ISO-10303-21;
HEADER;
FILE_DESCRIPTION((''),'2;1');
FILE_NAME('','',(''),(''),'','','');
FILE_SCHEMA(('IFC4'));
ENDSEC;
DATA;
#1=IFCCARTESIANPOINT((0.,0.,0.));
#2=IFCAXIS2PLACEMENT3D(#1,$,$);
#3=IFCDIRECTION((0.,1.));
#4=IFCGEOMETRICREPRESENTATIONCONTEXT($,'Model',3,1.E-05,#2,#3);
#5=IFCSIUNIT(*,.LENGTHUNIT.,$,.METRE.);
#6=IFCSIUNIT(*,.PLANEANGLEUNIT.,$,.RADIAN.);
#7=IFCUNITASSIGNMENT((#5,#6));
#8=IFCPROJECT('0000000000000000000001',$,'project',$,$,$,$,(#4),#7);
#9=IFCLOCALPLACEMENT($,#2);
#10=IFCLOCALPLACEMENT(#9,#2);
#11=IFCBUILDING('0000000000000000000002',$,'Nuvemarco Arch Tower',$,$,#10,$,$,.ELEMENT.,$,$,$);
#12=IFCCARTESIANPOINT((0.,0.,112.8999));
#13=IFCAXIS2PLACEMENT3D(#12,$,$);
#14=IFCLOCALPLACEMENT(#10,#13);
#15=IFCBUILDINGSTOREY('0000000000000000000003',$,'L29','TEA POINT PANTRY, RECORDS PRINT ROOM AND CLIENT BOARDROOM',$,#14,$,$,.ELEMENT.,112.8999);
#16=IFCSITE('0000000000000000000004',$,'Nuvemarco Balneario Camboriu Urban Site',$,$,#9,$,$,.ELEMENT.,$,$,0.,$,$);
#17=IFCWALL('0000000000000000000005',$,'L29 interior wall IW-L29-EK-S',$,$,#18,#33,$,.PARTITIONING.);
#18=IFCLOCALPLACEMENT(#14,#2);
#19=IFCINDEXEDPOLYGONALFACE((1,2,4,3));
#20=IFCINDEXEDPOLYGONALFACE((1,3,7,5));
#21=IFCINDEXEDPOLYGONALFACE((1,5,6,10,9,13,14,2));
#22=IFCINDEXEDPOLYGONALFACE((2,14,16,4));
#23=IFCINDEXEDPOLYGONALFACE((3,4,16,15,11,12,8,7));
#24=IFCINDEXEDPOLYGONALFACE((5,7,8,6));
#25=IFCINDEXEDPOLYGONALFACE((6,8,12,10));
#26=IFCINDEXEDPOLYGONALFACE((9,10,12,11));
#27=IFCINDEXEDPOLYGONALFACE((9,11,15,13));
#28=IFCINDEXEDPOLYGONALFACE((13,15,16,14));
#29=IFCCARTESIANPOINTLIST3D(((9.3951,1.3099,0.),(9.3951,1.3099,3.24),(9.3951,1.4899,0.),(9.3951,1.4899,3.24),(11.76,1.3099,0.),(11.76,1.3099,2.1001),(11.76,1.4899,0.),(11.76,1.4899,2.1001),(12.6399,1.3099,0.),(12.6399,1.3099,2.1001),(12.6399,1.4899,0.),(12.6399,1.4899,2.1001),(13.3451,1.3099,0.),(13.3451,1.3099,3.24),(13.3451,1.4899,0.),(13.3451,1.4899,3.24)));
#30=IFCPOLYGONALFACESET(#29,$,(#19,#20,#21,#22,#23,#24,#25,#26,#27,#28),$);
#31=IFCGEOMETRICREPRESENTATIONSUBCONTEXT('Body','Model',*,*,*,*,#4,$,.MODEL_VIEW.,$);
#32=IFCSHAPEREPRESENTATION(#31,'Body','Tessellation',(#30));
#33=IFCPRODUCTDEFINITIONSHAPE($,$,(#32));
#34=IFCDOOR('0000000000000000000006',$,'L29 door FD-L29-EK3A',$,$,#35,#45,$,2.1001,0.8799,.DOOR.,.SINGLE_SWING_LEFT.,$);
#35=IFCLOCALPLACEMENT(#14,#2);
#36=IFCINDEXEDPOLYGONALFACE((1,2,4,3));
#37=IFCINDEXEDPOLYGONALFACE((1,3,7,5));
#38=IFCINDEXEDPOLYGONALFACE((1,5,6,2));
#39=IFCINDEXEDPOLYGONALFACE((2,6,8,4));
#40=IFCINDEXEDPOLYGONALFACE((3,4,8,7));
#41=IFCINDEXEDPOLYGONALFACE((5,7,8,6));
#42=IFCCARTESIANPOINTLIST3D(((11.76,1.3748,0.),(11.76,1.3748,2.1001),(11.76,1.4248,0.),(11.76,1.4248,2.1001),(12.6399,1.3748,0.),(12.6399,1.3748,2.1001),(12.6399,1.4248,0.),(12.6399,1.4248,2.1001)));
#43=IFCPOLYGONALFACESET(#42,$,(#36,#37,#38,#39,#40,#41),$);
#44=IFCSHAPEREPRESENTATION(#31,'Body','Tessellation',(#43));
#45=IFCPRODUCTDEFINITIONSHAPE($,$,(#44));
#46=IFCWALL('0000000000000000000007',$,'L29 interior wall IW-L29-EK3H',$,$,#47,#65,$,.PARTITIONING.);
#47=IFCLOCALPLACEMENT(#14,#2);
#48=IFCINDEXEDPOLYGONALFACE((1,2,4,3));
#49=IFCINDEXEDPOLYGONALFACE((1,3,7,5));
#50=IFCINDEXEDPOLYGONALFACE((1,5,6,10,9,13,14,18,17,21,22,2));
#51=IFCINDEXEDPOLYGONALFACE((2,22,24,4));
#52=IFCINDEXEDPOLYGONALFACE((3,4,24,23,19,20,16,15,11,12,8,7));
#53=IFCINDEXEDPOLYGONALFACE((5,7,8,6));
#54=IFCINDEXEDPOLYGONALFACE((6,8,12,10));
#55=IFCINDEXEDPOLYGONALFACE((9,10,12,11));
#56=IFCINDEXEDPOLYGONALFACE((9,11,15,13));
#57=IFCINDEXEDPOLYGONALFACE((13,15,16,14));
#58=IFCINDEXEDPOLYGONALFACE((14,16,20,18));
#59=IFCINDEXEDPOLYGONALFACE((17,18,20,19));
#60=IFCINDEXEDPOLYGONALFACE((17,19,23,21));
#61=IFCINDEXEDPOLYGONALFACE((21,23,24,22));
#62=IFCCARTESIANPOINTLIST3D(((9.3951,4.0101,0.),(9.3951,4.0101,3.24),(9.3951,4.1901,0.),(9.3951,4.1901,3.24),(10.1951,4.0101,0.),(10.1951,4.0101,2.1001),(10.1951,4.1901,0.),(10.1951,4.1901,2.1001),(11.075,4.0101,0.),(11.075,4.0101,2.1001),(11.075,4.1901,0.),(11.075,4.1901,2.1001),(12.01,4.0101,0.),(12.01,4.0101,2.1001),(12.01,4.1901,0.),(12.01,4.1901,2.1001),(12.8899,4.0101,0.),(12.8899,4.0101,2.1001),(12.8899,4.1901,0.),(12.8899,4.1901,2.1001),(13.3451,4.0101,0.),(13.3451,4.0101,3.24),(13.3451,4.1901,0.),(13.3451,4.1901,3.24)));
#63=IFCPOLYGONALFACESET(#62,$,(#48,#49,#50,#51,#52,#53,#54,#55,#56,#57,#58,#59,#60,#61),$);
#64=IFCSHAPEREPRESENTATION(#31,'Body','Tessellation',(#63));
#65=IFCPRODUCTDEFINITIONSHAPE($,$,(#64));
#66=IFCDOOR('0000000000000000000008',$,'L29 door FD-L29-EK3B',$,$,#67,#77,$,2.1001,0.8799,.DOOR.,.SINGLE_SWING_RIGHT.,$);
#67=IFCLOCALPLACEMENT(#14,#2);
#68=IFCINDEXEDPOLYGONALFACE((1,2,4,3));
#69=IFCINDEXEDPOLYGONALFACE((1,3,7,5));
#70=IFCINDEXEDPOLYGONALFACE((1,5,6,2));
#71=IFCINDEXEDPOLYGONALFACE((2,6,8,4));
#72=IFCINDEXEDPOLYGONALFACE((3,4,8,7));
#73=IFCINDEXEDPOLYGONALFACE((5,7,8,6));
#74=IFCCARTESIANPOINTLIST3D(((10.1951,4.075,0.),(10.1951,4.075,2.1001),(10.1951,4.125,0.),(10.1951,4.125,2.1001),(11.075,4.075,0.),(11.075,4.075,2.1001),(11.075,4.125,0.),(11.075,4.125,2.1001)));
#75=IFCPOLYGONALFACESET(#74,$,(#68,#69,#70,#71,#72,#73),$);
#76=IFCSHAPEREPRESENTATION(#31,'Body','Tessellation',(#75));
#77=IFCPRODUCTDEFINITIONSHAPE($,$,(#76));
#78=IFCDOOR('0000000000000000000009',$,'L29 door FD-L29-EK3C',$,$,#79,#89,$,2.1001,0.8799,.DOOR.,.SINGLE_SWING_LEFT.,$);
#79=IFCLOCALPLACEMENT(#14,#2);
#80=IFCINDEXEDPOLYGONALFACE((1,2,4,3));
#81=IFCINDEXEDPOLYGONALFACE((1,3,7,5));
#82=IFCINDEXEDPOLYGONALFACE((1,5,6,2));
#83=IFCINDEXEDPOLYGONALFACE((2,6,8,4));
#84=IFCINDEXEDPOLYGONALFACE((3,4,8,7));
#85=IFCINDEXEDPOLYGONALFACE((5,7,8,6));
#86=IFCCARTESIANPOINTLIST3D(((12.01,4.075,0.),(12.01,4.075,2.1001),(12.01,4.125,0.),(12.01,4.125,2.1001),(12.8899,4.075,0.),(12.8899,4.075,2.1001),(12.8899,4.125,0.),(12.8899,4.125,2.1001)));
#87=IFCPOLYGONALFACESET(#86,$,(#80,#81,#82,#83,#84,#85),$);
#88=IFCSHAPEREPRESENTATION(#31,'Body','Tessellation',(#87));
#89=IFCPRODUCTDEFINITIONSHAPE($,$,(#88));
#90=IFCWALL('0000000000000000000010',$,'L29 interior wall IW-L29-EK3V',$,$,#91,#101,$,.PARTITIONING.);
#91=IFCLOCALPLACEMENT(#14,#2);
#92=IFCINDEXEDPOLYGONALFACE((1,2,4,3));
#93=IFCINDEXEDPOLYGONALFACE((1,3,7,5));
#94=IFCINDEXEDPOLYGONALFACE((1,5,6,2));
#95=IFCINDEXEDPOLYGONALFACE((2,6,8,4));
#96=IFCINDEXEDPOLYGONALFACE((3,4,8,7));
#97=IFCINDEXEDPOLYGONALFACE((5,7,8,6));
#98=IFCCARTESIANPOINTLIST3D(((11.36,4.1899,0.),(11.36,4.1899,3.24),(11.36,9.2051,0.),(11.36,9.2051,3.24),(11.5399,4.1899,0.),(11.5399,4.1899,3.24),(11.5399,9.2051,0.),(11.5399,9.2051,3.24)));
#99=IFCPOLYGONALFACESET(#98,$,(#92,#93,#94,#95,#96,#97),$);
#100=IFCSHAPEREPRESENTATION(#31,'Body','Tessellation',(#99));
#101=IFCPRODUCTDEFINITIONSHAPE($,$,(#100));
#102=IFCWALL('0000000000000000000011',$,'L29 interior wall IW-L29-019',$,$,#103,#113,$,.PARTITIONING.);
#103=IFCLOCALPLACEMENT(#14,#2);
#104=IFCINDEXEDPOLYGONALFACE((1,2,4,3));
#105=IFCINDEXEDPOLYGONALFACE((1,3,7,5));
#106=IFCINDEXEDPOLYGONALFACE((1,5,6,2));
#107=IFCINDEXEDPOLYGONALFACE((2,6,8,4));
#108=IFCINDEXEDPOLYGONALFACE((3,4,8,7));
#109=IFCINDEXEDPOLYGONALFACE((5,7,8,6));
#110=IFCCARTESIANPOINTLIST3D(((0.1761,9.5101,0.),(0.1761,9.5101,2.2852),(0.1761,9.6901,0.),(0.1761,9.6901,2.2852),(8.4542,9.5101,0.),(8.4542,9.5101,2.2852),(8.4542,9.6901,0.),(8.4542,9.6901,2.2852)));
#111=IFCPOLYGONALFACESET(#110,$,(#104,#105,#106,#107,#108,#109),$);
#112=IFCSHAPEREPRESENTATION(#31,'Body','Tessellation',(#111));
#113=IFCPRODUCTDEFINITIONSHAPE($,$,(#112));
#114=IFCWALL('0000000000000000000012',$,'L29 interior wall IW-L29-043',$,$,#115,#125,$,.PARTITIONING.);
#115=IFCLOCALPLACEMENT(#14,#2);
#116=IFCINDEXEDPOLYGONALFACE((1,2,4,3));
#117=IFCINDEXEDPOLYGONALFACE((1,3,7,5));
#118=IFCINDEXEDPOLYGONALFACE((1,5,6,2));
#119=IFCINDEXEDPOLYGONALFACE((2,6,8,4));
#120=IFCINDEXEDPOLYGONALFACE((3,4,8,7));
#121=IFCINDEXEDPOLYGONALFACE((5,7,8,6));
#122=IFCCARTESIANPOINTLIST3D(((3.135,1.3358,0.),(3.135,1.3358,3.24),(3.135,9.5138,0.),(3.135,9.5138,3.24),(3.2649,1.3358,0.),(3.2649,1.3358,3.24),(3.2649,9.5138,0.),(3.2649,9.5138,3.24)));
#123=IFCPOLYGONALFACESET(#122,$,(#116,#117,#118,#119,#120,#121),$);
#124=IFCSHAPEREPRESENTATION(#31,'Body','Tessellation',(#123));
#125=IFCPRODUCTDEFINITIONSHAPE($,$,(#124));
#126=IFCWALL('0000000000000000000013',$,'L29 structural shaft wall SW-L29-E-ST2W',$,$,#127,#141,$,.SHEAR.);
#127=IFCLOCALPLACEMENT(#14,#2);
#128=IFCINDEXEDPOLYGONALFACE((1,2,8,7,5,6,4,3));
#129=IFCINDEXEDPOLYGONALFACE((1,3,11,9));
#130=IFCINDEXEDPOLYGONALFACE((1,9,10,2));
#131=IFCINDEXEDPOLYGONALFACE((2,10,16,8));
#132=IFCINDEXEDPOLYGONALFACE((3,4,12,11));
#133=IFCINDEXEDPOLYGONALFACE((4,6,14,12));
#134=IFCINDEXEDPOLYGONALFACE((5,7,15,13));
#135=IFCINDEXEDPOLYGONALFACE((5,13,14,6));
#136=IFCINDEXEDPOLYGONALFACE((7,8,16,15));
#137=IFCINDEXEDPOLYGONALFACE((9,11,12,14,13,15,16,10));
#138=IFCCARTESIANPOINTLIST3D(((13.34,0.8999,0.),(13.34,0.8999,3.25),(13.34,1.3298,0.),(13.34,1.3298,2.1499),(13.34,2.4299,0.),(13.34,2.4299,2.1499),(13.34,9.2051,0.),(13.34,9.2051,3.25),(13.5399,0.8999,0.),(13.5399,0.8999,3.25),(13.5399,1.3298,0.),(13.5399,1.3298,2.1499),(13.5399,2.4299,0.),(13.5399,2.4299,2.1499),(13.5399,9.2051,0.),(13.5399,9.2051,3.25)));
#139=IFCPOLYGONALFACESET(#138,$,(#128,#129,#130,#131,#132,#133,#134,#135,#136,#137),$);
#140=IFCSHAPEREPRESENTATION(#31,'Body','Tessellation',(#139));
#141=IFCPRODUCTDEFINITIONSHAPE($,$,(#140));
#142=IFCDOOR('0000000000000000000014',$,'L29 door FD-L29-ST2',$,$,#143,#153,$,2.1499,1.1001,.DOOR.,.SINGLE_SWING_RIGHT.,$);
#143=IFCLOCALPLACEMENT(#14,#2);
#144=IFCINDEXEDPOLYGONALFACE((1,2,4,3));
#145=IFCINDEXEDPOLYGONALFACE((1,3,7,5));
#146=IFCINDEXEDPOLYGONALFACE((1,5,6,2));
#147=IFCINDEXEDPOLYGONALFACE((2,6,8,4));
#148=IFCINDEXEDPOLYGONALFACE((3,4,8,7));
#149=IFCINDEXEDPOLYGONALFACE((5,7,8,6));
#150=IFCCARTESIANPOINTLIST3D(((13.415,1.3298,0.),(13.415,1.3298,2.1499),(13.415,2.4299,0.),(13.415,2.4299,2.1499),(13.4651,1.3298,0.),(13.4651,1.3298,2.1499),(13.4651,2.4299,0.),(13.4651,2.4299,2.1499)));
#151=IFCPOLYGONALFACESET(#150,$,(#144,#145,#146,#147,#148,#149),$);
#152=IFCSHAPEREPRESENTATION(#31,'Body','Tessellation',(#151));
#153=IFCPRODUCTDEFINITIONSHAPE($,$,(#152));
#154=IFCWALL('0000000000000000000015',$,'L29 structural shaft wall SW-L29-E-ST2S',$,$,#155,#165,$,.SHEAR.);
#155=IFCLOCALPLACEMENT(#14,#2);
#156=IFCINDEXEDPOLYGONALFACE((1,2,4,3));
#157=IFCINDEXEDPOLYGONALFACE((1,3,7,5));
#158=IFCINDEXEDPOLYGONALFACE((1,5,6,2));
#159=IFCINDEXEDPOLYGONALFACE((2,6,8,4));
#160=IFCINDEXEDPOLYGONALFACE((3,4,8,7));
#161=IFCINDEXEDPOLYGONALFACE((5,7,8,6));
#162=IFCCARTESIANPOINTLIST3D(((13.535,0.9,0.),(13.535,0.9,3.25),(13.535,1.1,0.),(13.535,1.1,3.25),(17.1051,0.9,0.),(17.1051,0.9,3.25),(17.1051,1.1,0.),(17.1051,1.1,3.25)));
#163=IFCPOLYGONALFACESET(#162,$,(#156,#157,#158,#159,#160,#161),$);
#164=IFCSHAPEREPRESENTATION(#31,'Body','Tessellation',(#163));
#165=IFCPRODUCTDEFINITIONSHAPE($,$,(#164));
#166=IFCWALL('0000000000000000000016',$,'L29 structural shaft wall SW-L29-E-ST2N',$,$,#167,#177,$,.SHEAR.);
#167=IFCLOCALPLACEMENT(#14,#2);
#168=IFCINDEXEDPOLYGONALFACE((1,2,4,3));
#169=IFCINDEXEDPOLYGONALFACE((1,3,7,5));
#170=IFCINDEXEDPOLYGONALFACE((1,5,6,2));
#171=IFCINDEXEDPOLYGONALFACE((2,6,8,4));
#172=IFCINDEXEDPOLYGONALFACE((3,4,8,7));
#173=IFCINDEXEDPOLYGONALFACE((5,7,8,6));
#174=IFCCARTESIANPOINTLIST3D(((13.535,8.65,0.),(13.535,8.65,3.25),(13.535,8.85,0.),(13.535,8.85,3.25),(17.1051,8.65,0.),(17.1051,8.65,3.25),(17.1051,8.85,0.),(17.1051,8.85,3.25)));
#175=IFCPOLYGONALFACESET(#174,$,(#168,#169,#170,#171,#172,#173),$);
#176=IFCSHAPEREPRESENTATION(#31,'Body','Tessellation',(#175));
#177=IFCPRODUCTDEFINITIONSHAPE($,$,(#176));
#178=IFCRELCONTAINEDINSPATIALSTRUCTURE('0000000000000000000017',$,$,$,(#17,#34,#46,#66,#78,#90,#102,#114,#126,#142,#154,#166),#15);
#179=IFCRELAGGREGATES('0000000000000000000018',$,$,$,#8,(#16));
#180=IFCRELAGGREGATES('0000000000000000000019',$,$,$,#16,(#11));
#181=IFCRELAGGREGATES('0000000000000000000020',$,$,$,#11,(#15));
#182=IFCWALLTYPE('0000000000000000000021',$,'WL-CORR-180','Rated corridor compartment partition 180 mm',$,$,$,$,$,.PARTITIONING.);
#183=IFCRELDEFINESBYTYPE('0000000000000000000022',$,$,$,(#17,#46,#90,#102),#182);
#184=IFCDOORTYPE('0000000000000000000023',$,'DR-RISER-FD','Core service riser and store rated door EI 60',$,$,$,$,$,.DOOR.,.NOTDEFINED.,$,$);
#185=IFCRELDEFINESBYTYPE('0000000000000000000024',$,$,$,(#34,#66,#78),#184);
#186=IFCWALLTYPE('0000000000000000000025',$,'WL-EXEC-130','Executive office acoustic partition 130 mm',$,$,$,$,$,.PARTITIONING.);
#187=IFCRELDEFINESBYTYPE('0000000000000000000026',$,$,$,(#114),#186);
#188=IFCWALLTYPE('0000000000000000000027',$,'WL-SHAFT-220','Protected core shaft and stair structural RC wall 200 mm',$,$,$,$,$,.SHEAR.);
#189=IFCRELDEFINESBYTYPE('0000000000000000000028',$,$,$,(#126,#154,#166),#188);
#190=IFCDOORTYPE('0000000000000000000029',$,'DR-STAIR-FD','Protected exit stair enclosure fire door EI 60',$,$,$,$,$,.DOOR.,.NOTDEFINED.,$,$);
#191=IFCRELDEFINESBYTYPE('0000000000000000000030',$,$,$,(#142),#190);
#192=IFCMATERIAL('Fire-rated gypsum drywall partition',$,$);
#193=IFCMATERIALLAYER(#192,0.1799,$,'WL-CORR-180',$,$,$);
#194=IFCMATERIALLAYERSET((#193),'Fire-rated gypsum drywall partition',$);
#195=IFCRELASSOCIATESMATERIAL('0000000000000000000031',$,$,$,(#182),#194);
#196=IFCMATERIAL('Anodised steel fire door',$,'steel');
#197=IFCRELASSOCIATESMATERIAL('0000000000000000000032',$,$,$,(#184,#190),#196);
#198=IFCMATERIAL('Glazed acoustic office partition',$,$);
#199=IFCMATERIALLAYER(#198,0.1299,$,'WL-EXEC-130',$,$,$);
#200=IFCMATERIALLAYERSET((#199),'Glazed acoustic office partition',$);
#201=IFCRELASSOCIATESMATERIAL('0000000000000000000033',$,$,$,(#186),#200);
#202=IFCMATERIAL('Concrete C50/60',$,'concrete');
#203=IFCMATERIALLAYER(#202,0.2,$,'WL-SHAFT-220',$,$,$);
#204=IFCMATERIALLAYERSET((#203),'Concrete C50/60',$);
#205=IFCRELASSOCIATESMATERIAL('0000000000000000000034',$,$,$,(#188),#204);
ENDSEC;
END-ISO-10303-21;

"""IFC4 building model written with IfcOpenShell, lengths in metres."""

from ifc_helpers import new_model, si_unit, direction, frame, frame_2d, origin, place, context, subcontext, project, spatial, rectangle, extrude, source, transform, mapped, material, layer, layer_set, type_object, type_shapes, element, fill, save


model = new_model("IFC4")

# Units and contexts
model_context = context("Model", 3, precision=1e-05, world=origin(), true_north=direction((0.0, 1.0)))
body_context = subcontext(model_context, "Body", "Model", "MODEL_VIEW")
ifc_project = project(units=[si_unit("LENGTHUNIT", "METRE"), si_unit("PLANEANGLEUNIT", "RADIAN")], contexts=[model_context])

# Site, building, storey
site_placement = place(None, origin())
site = spatial("IfcSite", under=ifc_project, at=site_placement, Name="Nuvemarco Balneario Camboriu Urban Site", CompositionType="ELEMENT", RefElevation=0.0)
building_placement = place(site_placement, origin())
building = spatial("IfcBuilding", under=site, at=building_placement, Name="Nuvemarco Arch Tower", CompositionType="ELEMENT")
storey_placement = place(building_placement, frame((0.0, 0.0, 112.8999)))
storey = spatial("IfcBuildingStorey", under=building, at=storey_placement, Name="L29", Description="TEA POINT PANTRY, RECORDS PRINT ROOM AND CLIENT BOARDROOM", CompositionType="ELEMENT", Elevation=112.8999)

# Wall, opening, door
ifc_material_1 = material(Name="Fire-rated gypsum drywall partition")
ifc_layer_1 = layer(ifc_material_1, 0.1799, Name="WL-CORR-180")
ifc_layer_set_1 = layer_set([ifc_layer_1], Name="Fire-rated gypsum drywall partition")
wall_type_1 = type_object("IfcWallType", Name="WL-CORR-180", Description="Rated corridor compartment partition 180 mm", PredefinedType="PARTITIONING", material=ifc_layer_set_1)
wall_1_placement = place(storey_placement, frame((9.395, 1.3999, 0.0), z_axis=(0.0, 0.0, 1.0), x_axis=(1.0, 0.0, 0.0)))
wall_1 = element("IfcWall", 1, at=wall_1_placement, inside=storey, type_object=wall_type_1, Name="L29 interior wall IW-L29-EK-S", PredefinedType="PARTITIONING", context=body_context, shape_type="SweptSolid", body=[
    extrude(rectangle(XDim=3.95, YDim=0.1799, at=frame_2d((1.9751, 0.0))), origin(), (0.0, 0.0, 1.0), 3.24),
])
opening_1_placement = place(wall_1_placement, frame((2.365, 0.0, 0.0)))
opening_1 = element("IfcOpeningElement", 2, at=opening_1_placement, cuts=wall_1, PredefinedType="OPENING", context=body_context, shape_type="SweptSolid", body=[
    extrude(rectangle(XDim=0.8799, YDim=2.1001, at=frame_2d((0.4399, 1.05))), frame((0.0, 0.0999, 0.0), z_axis=(0.0, -1.0, 0.0), x_axis=(1.0, 0.0, 0.0)), (0.0, 0.0, 1.0), 0.2),
])
ifc_material_2 = material(Name="Anodised steel fire door", Category="steel")
door_type_1 = type_object("IfcDoorType", Name="DR-RISER-FD", Description="Core service riser and store rated door EI 60", OperationType="NOTDEFINED", PredefinedType="DOOR", material=ifc_material_2)
shared_shape_1 = source(origin(), body_context, "Body", "SweptSolid", [
    extrude(rectangle(XDim=0.8799, YDim=2.1001, at=frame_2d((0.4399, 1.05))), frame((0.0, 0.0249, 0.0), z_axis=(0.0, -1.0, 0.0), x_axis=(1.0, 0.0, 0.0)), (0.0, 0.0, 1.0), 0.05),
])
type_shapes(door_type_1, [shared_shape_1])
door_1_placement = place(opening_1_placement, origin())
door_1 = element("IfcDoor", 3, at=door_1_placement, inside=storey, type_object=door_type_1, Name="L29 door FD-L29-EK3A", OperationType="SINGLE_SWING_LEFT", OverallHeight=2.1001, OverallWidth=0.8799, PredefinedType="DOOR", context=body_context, shape_type="MappedRepresentation", body=[
    mapped(shared_shape_1, transform((0.0, 0.0, 0.0), scale=1.0)),
])
fill(opening_1, door_1)

# Wall, openings, doors
wall_2_placement = place(storey_placement, frame((9.395, 4.1001, 0.0), z_axis=(0.0, 0.0, 1.0), x_axis=(1.0, 0.0, 0.0)))
wall_2 = element("IfcWall", 4, at=wall_2_placement, inside=storey, type_object=wall_type_1, Name="L29 interior wall IW-L29-EK3H", PredefinedType="PARTITIONING", context=body_context, shape_type="SweptSolid", body=[
    extrude(rectangle(XDim=3.95, YDim=0.1799, at=frame_2d((1.9751, 0.0))), origin(), (0.0, 0.0, 1.0), 3.24),
])
opening_2_placement = place(wall_2_placement, frame((0.8, 0.0, 0.0)))
opening_2 = element("IfcOpeningElement", 5, at=opening_2_placement, cuts=wall_2, PredefinedType="OPENING", context=body_context, shape_type="SweptSolid", body=[
    extrude(rectangle(XDim=0.8799, YDim=2.1001, at=frame_2d((0.4399, 1.05))), frame((0.0, 0.0999, 0.0), z_axis=(0.0, -1.0, 0.0), x_axis=(1.0, 0.0, 0.0)), (0.0, 0.0, 1.0), 0.2),
])
opening_3_placement = place(wall_2_placement, frame((2.615, 0.0, 0.0)))
opening_3 = element("IfcOpeningElement", 6, at=opening_3_placement, cuts=wall_2, PredefinedType="OPENING", context=body_context, shape_type="SweptSolid", body=[
    extrude(rectangle(XDim=0.8799, YDim=2.1001, at=frame_2d((0.4399, 1.05))), frame((0.0, 0.0999, 0.0), z_axis=(0.0, -1.0, 0.0), x_axis=(1.0, 0.0, 0.0)), (0.0, 0.0, 1.0), 0.2),
])
door_2_placement = place(opening_2_placement, origin())
door_2 = element("IfcDoor", 7, at=door_2_placement, inside=storey, type_object=door_type_1, Name="L29 door FD-L29-EK3B", OperationType="SINGLE_SWING_RIGHT", OverallHeight=2.1001, OverallWidth=0.8799, PredefinedType="DOOR", context=body_context, shape_type="MappedRepresentation", body=[
    mapped(shared_shape_1, transform((0.0, 0.0, 0.0), scale=1.0)),
])
fill(opening_2, door_2)
door_3_placement = place(opening_3_placement, origin())
door_3 = element("IfcDoor", 8, at=door_3_placement, inside=storey, type_object=door_type_1, Name="L29 door FD-L29-EK3C", OperationType="SINGLE_SWING_LEFT", OverallHeight=2.1001, OverallWidth=0.8799, PredefinedType="DOOR", context=body_context, shape_type="MappedRepresentation", body=[
    mapped(shared_shape_1, transform((0.0, 0.0, 0.0), scale=1.0)),
])
fill(opening_3, door_3)

# Walls
wall_3_placement = place(storey_placement, frame((11.45, 4.1899, 0.0), z_axis=(0.0, 0.0, 1.0), x_axis=(0.0, 1.0, 0.0)))
element("IfcWall", 9, at=wall_3_placement, inside=storey, type_object=wall_type_1, Name="L29 interior wall IW-L29-EK3V", PredefinedType="PARTITIONING", context=body_context, shape_type="SweptSolid", body=[
    extrude(rectangle(XDim=5.0151, YDim=0.1799, at=frame_2d((2.5076, 0.0))), origin(), (0.0, 0.0, 1.0), 3.24),
])
wall_4_placement = place(storey_placement, frame((0.176, 9.6001, 0.0), z_axis=(0.0, 0.0, 1.0), x_axis=(1.0, 0.0, 0.0)))
element("IfcWall", 10, at=wall_4_placement, inside=storey, type_object=wall_type_1, Name="L29 interior wall IW-L29-019", PredefinedType="PARTITIONING", context=body_context, shape_type="SweptSolid", body=[
    extrude(rectangle(XDim=8.2781, YDim=0.1799, at=frame_2d((4.1392, 0.0))), origin(), (0.0, 0.0, 1.0), 2.2852),
])
ifc_material_3 = material(Name="Glazed acoustic office partition")
ifc_layer_2 = layer(ifc_material_3, 0.1299, Name="WL-EXEC-130")
ifc_layer_set_2 = layer_set([ifc_layer_2], Name="Glazed acoustic office partition")
wall_type_2 = type_object("IfcWallType", Name="WL-EXEC-130", Description="Executive office acoustic partition 130 mm", PredefinedType="PARTITIONING", material=ifc_layer_set_2)
wall_5_placement = place(storey_placement, frame((3.2, 1.3359, 0.0), z_axis=(0.0, 0.0, 1.0), x_axis=(0.0, 1.0, 0.0)))
element("IfcWall", 11, at=wall_5_placement, inside=storey, type_object=wall_type_2, Name="L29 interior wall IW-L29-043", PredefinedType="PARTITIONING", context=body_context, shape_type="SweptSolid", body=[
    extrude(rectangle(XDim=8.178, YDim=0.1299, at=frame_2d((4.0889, 0.0))), origin(), (0.0, 0.0, 1.0), 3.24),
])

# Wall, opening, door
ifc_material_4 = material(Name="Concrete C50/60", Category="concrete")
ifc_layer_3 = layer(ifc_material_4, 0.2, Name="WL-SHAFT-220")
ifc_layer_set_3 = layer_set([ifc_layer_3], Name="Concrete C50/60")
wall_type_3 = type_object("IfcWallType", Name="WL-SHAFT-220", Description="Protected core shaft and stair structural RC wall 200 mm", PredefinedType="SHEAR", material=ifc_layer_set_3)
wall_6_placement = place(storey_placement, frame((13.4399, 0.8999, 0.0), z_axis=(0.0, 0.0, 1.0), x_axis=(0.0, 1.0, 0.0)))
wall_6 = element("IfcWall", 12, at=wall_6_placement, inside=storey, type_object=wall_type_3, Name="L29 structural shaft wall SW-L29-E-ST2W", PredefinedType="SHEAR", context=body_context, shape_type="SweptSolid", body=[
    extrude(rectangle(XDim=8.3052, YDim=0.2, at=frame_2d((4.1526, 0.0))), origin(), (0.0, 0.0, 1.0), 3.25),
])
opening_4_placement = place(wall_6_placement, frame((0.4299, 0.0, 0.0)))
opening_4 = element("IfcOpeningElement", 13, at=opening_4_placement, cuts=wall_6, PredefinedType="OPENING", context=body_context, shape_type="SweptSolid", body=[
    extrude(rectangle(XDim=1.1001, YDim=2.1499, at=frame_2d((0.55, 1.075))), frame((0.0, 0.1099, 0.0), z_axis=(0.0, -1.0, 0.0), x_axis=(1.0, 0.0, 0.0)), (0.0, 0.0, 1.0), 0.22),
])
door_type_2 = type_object("IfcDoorType", Name="DR-STAIR-FD", Description="Protected exit stair enclosure fire door EI 60", OperationType="NOTDEFINED", PredefinedType="DOOR", material=ifc_material_2)
shared_shape_2 = source(origin(), body_context, "Body", "SweptSolid", [
    extrude(rectangle(XDim=1.1001, YDim=2.1499, at=frame_2d((0.55, 1.075))), frame((0.0, 0.0249, 0.0), z_axis=(0.0, -1.0, 0.0), x_axis=(1.0, 0.0, 0.0)), (0.0, 0.0, 1.0), 0.05),
])
type_shapes(door_type_2, [shared_shape_2])
door_4_placement = place(opening_4_placement, origin())
door_4 = element("IfcDoor", 14, at=door_4_placement, inside=storey, type_object=door_type_2, Name="L29 door FD-L29-ST2", OperationType="SINGLE_SWING_RIGHT", OverallHeight=2.1499, OverallWidth=1.1001, PredefinedType="DOOR", context=body_context, shape_type="MappedRepresentation", body=[
    mapped(shared_shape_2, transform((0.0, 0.0, 0.0), scale=1.0)),
])
fill(opening_4, door_4)

# Walls
for number, where, z_axis, x_axis, name in (
    (15, (13.5349, 1.0, 0.0), (0.0, 0.0, 1.0), (1.0, 0.0, 0.0), "L29 structural shaft wall SW-L29-E-ST2S"),
    (16, (13.5349, 8.75, 0.0), (0.0, 0.0, 1.0), (1.0, 0.0, 0.0), "L29 structural shaft wall SW-L29-E-ST2N"),
):
    element("IfcWall", number, at=place(storey_placement, frame(where, z_axis=z_axis, x_axis=x_axis)), inside=storey, type_object=wall_type_3, Name=name, PredefinedType="SHEAR", context=body_context, shape_type="SweptSolid", body=[
        extrude(rectangle(XDim=3.5701, YDim=0.2, at=frame_2d((1.7852, 0.0))), origin(), (0.0, 0.0, 1.0), 3.25),
    ])

save(model, "model.ifc")
